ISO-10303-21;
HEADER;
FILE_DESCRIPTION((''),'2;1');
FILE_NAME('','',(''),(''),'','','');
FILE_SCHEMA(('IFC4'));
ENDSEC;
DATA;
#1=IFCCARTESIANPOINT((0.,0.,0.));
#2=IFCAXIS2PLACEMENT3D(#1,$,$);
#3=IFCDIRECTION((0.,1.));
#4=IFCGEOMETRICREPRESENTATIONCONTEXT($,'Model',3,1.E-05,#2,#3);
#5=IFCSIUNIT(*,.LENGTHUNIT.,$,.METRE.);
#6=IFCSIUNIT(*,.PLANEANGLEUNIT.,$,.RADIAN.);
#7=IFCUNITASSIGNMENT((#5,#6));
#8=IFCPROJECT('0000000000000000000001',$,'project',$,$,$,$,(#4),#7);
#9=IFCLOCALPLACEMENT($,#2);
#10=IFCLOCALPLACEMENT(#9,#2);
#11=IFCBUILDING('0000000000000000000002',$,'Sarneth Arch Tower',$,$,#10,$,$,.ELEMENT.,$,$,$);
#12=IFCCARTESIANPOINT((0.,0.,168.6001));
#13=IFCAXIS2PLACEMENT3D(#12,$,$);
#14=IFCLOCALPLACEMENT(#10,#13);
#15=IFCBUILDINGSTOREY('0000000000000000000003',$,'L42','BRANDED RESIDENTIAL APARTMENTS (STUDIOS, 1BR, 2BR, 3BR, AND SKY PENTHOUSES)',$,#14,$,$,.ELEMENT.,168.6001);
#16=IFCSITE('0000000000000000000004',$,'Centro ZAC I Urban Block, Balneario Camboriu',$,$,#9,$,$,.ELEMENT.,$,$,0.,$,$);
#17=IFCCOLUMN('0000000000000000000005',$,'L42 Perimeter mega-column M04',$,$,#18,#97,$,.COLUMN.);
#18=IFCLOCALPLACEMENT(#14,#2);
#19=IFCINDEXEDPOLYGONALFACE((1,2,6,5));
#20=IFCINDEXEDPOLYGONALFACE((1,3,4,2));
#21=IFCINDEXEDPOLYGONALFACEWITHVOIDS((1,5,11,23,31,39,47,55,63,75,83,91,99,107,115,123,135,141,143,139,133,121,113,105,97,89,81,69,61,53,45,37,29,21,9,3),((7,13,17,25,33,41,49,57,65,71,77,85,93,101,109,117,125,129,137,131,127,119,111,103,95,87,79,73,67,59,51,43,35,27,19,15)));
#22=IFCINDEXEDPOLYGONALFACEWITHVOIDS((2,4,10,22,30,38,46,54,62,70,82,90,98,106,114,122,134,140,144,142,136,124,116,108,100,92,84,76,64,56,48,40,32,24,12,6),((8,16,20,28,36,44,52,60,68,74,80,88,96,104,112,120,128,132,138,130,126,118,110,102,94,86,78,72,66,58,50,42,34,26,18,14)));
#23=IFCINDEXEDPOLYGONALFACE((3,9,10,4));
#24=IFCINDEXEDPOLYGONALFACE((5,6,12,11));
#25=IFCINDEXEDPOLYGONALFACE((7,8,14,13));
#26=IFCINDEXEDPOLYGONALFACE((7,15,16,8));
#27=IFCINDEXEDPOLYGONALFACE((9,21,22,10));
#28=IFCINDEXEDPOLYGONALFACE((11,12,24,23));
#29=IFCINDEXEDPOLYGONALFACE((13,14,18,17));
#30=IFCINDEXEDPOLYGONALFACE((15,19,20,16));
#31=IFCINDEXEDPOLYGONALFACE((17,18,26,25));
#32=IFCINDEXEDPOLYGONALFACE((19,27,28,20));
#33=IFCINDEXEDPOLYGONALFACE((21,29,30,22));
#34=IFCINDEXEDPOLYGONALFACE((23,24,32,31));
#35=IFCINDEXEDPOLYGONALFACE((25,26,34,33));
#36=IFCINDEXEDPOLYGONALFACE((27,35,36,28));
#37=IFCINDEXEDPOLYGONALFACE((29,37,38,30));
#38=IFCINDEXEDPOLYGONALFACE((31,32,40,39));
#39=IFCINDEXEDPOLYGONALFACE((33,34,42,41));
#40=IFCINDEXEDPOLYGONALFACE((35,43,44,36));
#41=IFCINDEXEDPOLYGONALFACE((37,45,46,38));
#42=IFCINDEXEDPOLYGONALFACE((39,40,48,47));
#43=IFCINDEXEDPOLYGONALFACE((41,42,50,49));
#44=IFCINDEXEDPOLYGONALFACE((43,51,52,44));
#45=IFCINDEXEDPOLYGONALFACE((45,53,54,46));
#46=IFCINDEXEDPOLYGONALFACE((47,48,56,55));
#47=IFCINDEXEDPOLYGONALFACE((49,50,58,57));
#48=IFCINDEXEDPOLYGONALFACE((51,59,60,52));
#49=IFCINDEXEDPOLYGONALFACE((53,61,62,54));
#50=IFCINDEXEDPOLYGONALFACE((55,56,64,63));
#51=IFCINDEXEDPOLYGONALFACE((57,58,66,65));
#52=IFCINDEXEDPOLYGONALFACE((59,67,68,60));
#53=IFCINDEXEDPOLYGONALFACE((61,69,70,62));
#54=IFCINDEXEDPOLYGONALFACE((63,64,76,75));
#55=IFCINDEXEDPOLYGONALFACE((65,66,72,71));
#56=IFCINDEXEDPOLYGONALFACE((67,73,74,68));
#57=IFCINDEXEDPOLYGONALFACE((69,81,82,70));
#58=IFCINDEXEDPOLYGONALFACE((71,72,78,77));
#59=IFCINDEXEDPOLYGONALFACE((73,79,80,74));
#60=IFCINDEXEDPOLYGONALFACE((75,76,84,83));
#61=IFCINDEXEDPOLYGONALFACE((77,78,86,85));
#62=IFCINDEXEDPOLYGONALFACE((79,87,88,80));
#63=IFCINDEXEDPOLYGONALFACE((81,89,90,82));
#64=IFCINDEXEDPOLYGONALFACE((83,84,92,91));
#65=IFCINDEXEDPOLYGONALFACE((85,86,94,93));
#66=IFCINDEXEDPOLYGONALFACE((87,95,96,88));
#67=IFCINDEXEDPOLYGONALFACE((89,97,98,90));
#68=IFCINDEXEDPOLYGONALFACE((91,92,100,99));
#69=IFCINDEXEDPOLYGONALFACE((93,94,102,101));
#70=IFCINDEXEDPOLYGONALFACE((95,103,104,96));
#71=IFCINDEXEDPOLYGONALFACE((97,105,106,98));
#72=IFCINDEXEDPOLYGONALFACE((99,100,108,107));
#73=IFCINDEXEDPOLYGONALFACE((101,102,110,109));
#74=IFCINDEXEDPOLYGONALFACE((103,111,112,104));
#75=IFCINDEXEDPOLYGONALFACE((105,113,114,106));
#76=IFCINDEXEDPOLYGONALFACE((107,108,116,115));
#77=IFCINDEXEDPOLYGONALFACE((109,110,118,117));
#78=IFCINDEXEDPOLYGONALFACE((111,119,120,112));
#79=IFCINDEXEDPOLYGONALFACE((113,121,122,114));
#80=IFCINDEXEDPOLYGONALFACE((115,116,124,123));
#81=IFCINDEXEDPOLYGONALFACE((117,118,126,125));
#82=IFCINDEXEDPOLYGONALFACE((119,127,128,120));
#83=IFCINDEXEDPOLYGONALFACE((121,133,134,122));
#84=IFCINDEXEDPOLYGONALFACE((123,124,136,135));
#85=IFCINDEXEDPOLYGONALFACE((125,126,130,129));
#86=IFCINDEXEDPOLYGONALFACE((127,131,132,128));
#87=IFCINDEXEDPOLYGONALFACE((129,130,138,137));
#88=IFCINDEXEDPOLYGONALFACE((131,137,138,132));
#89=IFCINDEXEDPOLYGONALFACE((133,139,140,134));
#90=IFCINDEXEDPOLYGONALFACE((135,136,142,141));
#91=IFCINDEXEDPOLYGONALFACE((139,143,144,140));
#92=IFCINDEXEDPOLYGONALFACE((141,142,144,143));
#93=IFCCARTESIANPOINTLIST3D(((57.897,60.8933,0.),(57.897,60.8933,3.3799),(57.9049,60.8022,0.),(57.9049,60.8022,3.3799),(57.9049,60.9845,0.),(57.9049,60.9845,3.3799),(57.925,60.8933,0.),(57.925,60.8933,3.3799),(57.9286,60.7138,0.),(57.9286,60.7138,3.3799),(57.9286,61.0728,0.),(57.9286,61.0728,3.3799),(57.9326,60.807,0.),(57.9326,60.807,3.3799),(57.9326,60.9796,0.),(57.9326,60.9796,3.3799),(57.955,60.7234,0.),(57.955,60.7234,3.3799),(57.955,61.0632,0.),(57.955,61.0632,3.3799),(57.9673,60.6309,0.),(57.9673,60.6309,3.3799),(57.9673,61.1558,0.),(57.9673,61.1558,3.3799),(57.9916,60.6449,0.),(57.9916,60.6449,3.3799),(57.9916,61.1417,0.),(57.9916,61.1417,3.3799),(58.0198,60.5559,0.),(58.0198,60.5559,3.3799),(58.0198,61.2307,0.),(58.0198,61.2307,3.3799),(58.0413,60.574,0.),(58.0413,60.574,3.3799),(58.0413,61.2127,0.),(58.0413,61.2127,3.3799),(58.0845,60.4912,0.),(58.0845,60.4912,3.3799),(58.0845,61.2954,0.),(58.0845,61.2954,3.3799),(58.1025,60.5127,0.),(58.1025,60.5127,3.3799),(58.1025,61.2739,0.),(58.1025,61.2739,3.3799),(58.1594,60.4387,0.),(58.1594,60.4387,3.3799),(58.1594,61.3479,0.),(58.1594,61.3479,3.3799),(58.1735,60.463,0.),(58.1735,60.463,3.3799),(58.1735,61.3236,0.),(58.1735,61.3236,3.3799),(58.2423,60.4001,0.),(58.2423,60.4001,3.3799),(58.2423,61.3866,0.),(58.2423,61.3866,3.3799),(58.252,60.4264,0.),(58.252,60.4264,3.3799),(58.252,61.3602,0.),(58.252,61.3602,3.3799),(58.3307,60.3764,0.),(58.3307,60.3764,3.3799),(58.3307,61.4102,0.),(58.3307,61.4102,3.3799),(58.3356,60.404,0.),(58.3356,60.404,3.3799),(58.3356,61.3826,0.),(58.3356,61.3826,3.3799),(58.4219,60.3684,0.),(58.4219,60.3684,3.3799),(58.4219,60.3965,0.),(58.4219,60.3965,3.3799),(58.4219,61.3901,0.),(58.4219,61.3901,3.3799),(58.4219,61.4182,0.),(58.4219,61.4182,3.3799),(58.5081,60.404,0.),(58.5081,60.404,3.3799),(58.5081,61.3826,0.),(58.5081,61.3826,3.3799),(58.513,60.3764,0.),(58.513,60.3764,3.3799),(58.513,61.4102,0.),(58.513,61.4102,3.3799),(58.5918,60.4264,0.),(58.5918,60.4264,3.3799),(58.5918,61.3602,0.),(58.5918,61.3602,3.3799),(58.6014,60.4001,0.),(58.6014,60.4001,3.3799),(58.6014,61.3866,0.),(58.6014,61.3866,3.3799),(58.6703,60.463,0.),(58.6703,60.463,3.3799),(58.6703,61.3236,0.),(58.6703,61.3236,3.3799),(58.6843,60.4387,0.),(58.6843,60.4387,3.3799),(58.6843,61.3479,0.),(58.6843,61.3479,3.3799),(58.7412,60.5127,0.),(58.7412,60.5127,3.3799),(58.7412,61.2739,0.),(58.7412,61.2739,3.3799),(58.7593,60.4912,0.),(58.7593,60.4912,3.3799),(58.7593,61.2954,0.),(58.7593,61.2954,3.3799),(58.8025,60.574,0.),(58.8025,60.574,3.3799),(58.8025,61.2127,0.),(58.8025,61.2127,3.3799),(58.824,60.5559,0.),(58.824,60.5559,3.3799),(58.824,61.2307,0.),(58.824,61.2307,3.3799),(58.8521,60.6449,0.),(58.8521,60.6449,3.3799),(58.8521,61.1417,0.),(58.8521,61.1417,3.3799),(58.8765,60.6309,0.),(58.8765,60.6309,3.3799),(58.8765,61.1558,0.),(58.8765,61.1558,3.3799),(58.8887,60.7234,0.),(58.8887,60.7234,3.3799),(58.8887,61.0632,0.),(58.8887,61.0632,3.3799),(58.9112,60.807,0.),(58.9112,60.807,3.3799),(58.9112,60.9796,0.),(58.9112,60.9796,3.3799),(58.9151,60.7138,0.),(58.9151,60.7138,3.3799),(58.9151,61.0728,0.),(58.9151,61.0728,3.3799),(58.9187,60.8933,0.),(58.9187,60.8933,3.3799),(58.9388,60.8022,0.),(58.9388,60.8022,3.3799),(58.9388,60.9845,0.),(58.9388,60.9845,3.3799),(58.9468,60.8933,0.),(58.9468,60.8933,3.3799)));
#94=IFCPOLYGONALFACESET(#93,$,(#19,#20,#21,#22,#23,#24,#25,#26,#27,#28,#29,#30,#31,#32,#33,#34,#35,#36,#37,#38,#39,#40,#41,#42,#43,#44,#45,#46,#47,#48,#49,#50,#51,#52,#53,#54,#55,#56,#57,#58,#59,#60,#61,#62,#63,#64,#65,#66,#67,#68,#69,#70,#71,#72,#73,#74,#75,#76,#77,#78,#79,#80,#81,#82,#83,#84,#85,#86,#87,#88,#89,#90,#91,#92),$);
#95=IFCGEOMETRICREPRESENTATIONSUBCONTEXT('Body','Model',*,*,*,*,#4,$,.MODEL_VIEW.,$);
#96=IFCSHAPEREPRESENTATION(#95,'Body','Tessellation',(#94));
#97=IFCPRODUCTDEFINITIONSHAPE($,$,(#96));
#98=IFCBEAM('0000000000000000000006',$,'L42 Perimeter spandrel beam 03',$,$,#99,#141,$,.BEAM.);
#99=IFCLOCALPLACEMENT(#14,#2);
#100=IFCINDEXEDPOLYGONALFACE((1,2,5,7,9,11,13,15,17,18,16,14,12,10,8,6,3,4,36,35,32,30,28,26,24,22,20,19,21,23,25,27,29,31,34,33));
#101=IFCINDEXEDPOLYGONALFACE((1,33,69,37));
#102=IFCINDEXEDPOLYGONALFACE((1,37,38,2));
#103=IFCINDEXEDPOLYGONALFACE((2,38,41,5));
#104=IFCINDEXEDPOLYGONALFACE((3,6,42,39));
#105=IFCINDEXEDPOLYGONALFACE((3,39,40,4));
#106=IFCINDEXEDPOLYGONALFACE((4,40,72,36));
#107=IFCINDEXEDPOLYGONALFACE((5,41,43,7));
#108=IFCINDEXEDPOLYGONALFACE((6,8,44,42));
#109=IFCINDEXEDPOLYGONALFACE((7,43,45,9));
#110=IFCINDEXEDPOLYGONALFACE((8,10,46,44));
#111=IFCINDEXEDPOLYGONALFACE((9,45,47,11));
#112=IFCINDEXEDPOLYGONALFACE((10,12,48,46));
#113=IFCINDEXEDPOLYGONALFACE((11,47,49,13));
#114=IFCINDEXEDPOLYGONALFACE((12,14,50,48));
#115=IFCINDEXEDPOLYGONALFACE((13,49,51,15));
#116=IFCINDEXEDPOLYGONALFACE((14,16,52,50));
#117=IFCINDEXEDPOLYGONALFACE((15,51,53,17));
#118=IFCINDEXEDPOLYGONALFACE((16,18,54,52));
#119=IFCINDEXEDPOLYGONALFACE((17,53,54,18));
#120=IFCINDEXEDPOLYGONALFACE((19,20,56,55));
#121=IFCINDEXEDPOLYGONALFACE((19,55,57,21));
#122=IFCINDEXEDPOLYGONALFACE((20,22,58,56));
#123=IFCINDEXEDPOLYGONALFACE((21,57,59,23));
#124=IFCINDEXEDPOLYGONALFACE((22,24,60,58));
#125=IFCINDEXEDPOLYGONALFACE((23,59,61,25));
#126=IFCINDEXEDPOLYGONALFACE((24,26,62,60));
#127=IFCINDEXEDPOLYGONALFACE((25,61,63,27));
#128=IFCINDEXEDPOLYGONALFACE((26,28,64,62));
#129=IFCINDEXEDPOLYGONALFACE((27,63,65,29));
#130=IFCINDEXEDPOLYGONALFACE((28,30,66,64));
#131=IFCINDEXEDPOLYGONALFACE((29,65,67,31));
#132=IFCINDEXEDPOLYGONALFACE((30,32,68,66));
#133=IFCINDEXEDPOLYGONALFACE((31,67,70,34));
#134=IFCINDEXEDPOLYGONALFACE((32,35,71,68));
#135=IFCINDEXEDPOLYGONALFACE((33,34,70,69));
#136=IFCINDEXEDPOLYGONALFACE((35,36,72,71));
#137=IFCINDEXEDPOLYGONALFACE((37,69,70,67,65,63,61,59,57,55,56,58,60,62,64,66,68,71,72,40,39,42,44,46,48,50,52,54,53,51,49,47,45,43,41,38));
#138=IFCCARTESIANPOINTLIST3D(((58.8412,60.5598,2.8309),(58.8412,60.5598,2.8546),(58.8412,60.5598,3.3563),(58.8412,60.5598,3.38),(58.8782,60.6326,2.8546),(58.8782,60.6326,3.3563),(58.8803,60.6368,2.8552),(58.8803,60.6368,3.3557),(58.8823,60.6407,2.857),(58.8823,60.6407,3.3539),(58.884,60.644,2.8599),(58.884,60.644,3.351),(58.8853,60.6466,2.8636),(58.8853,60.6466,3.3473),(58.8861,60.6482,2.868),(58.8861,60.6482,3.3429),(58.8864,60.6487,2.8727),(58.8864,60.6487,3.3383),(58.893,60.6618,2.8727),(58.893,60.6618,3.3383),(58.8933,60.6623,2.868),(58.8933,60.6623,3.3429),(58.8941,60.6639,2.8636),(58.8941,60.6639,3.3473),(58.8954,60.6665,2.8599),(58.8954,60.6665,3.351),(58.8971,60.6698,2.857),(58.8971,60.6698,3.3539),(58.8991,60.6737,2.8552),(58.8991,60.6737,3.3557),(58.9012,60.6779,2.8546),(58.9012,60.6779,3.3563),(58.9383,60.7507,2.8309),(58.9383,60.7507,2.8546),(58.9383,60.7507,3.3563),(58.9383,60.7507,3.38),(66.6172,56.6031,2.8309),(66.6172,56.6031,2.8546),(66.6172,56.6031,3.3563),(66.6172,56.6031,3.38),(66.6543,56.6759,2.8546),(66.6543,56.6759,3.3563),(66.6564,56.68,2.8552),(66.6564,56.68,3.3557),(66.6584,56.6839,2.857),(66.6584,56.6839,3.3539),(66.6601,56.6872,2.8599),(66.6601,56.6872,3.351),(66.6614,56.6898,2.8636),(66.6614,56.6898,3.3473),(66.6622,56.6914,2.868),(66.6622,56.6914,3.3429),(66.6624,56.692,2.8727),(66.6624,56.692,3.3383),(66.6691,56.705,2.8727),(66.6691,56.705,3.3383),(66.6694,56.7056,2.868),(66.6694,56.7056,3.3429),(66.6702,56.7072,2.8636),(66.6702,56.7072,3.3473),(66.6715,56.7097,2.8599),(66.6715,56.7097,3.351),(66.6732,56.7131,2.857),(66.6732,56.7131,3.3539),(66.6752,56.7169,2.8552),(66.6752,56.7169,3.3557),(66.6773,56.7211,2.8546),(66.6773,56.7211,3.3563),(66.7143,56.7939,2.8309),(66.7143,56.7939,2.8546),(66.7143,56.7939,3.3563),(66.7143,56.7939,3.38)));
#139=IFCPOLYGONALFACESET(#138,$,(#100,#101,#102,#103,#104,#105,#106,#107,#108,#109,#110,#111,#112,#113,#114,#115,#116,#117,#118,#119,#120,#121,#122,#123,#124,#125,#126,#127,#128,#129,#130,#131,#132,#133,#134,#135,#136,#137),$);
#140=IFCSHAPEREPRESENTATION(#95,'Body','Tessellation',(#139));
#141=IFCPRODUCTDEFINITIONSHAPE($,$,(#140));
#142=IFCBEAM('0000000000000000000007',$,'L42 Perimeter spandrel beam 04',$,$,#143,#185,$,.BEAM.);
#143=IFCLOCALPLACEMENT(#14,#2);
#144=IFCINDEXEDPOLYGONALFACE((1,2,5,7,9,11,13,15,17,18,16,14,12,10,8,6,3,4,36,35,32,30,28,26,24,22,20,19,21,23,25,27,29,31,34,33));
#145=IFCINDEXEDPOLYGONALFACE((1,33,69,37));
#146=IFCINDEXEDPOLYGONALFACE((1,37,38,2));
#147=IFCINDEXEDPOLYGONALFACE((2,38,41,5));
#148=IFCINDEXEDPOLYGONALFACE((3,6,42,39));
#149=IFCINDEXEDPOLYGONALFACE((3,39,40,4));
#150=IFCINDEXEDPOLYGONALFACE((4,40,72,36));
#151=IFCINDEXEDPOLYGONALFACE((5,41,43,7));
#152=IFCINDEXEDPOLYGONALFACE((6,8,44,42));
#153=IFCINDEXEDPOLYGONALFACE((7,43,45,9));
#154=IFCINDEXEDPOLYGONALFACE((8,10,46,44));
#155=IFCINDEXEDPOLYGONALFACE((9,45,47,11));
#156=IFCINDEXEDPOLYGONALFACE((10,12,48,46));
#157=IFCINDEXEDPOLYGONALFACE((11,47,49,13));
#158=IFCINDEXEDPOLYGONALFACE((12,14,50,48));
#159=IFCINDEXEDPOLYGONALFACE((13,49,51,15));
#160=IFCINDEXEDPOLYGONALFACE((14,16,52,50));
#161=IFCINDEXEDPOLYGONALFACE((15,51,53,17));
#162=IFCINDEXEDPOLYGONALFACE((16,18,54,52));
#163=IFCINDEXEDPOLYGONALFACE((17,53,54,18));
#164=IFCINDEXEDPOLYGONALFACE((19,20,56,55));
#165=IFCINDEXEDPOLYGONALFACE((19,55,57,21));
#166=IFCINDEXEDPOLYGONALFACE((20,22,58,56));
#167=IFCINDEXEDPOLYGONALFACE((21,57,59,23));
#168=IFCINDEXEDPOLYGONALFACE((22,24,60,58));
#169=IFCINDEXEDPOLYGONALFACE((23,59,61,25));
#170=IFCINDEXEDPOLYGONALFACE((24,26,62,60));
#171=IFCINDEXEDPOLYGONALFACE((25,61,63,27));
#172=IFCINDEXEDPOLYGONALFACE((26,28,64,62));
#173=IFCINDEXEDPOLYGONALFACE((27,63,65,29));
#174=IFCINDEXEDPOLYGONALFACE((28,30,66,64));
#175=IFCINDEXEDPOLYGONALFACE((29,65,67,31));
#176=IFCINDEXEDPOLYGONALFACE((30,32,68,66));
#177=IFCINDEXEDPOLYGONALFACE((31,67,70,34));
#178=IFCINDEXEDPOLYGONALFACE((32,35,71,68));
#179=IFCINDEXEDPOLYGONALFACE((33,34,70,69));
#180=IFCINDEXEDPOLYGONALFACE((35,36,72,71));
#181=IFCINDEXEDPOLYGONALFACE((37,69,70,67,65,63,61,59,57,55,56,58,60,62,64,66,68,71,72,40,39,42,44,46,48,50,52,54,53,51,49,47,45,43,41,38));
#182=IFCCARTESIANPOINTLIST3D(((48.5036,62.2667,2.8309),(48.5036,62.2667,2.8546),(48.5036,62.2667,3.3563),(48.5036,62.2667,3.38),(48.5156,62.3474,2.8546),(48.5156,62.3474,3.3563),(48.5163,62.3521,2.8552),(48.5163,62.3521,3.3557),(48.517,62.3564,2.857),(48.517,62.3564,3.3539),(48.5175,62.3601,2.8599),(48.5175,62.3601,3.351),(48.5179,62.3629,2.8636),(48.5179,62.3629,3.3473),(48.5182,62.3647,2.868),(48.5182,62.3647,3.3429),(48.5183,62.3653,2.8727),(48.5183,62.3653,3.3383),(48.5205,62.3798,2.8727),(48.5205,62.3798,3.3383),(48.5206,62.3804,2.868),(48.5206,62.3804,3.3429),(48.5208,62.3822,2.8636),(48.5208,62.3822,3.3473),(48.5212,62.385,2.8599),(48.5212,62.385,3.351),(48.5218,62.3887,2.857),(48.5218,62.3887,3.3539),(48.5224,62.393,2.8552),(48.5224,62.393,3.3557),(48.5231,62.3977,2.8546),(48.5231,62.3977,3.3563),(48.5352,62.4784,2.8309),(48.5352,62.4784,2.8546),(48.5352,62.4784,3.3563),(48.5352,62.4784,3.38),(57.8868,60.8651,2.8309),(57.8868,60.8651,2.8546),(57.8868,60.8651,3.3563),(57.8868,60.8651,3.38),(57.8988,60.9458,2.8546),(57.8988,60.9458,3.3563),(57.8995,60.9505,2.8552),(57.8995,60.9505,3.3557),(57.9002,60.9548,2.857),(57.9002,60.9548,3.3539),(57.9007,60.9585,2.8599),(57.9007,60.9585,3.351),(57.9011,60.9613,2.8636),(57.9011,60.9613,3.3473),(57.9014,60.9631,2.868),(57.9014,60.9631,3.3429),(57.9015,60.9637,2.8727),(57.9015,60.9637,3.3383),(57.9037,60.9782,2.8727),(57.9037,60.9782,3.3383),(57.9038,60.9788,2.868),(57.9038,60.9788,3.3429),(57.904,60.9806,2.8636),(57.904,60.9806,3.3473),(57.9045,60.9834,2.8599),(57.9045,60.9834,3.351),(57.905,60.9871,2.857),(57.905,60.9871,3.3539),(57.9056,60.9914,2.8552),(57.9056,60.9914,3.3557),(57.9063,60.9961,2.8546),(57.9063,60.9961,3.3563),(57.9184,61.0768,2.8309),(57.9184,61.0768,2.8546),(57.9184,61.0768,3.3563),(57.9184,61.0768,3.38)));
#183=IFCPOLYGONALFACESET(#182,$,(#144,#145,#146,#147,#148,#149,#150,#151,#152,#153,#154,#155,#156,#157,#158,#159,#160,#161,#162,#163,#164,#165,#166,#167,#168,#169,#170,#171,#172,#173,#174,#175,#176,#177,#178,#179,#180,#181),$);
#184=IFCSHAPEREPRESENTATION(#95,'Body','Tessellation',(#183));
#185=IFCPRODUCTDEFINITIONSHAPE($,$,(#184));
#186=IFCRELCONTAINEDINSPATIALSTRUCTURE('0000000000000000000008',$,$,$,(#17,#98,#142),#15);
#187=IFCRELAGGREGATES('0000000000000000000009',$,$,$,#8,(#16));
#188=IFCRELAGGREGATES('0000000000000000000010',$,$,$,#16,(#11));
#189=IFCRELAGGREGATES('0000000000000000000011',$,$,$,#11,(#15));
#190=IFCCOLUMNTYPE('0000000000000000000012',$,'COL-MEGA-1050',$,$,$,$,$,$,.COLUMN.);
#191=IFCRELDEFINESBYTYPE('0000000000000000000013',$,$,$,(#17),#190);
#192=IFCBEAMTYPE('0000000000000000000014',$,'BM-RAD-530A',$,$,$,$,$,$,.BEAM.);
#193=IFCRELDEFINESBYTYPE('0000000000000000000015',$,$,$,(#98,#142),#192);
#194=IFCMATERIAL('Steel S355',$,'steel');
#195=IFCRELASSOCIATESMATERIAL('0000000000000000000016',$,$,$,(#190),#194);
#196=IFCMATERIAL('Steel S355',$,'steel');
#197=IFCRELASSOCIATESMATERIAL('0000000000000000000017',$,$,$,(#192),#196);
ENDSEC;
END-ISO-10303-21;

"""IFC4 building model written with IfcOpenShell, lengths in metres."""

from ifc_helpers import new_model, si_unit, direction, frame, origin, origin_2d, place, context, subcontext, project, spatial, hollow_circle, i_section, extrude, material, material_profile, profile_set, type_object, element, save


model = new_model("IFC4")

# Units and contexts
model_context = context("Model", 3, precision=1e-05, world=origin(), true_north=direction((0.0, 1.0)))
body_context = subcontext(model_context, "Body", "Model", "MODEL_VIEW")
ifc_project = project(units=[si_unit("LENGTHUNIT", "METRE"), si_unit("PLANEANGLEUNIT", "RADIAN")], contexts=[model_context])

# Site, building, storey
site_placement = place(None, origin())
site = spatial("IfcSite", under=ifc_project, at=site_placement, Name="Centro ZAC I Urban Block, Balneario Camboriu", CompositionType="ELEMENT", RefElevation=0.0)
building_placement = place(site_placement, origin())
building = spatial("IfcBuilding", under=site, at=building_placement, Name="Sarneth Arch Tower", CompositionType="ELEMENT")
storey_placement = place(building_placement, frame((0.0, 0.0, 168.6001)))
storey = spatial("IfcBuildingStorey", under=building, at=storey_placement, Name="L42", Description="BRANDED RESIDENTIAL APARTMENTS (STUDIOS, 1BR, 2BR, 3BR, AND SKY PENTHOUSES)", CompositionType="ELEMENT", Elevation=168.6001)

# Column
ifc_material_1 = material(Name="Steel S355", Category="steel")
ifc_material_profile_1 = material_profile(ifc_material_1, hollow_circle(Radius=0.5249, WallThickness=0.0281, at=origin_2d()), Name="CHS1050x28")
ifc_profile_set_1 = profile_set([ifc_material_profile_1], Name="Steel S355")
column_type = type_object("IfcColumnType", Name="COL-MEGA-1050", PredefinedType="COLUMN", material=ifc_profile_set_1)
column_placement = place(storey_placement, frame((58.4219, 60.8933, 0.0), z_axis=(0.0, 0.0, 1.0), x_axis=(1.0, 0.0, 0.0)))
element("IfcColumn", 1, at=column_placement, inside=storey, type_object=column_type, Name="L42 Perimeter mega-column M04", PredefinedType="COLUMN", context=body_context, shape_type="SweptSolid", body=[
    extrude(hollow_circle(Radius=0.5249, WallThickness=0.0281, at=origin_2d()), origin(), (0.0, 0.0, 1.0), 3.3799),
])

# Beams
ifc_material_2 = material(Name="Steel S355", Category="steel")
ifc_material_profile_2 = material_profile(ifc_material_2, i_section(OverallWidth=0.2141, OverallDepth=0.5491, WebThickness=0.0146, FlangeThickness=0.0237, FilletRadius=0.0181, at=origin_2d()), Name="W530x138")
ifc_profile_set_2 = profile_set([ifc_material_profile_2], Name="Steel S355")
beam_type = type_object("IfcBeamType", Name="BM-RAD-530A", PredefinedType="BEAM", material=ifc_profile_set_2)
beam_1_placement = place(storey_placement, frame((66.6658, 56.6985, 3.1055), z_axis=(-0.891254, 0.453504, 0.0), x_axis=(-0.453504, -0.891254, 0.0)))
element("IfcBeam", 2, at=beam_1_placement, inside=storey, type_object=beam_type, Name="L42 Perimeter spandrel beam 03", PredefinedType="BEAM", context=body_context, shape_type="SweptSolid", body=[
    extrude(i_section(OverallWidth=0.2141, OverallDepth=0.5491, WebThickness=0.0146, FlangeThickness=0.0237, FilletRadius=0.0181, at=origin_2d()), origin(), (0.0, 0.0, 1.0), 8.7249),
])
beam_2_placement = place(storey_placement, frame((57.9026, 60.9709, 3.1055), z_axis=(-0.989027, 0.147734, 0.0), x_axis=(-0.147734, -0.989027, 0.0)))
element("IfcBeam", 3, at=beam_2_placement, inside=storey, type_object=beam_type, Name="L42 Perimeter spandrel beam 04", PredefinedType="BEAM", context=body_context, shape_type="SweptSolid", body=[
    extrude(i_section(OverallWidth=0.2141, OverallDepth=0.5491, WebThickness=0.0146, FlangeThickness=0.0237, FilletRadius=0.0181, at=origin_2d()), origin(), (0.0, 0.0, 1.0), 9.4873),
])

save(model, "model.ifc")
